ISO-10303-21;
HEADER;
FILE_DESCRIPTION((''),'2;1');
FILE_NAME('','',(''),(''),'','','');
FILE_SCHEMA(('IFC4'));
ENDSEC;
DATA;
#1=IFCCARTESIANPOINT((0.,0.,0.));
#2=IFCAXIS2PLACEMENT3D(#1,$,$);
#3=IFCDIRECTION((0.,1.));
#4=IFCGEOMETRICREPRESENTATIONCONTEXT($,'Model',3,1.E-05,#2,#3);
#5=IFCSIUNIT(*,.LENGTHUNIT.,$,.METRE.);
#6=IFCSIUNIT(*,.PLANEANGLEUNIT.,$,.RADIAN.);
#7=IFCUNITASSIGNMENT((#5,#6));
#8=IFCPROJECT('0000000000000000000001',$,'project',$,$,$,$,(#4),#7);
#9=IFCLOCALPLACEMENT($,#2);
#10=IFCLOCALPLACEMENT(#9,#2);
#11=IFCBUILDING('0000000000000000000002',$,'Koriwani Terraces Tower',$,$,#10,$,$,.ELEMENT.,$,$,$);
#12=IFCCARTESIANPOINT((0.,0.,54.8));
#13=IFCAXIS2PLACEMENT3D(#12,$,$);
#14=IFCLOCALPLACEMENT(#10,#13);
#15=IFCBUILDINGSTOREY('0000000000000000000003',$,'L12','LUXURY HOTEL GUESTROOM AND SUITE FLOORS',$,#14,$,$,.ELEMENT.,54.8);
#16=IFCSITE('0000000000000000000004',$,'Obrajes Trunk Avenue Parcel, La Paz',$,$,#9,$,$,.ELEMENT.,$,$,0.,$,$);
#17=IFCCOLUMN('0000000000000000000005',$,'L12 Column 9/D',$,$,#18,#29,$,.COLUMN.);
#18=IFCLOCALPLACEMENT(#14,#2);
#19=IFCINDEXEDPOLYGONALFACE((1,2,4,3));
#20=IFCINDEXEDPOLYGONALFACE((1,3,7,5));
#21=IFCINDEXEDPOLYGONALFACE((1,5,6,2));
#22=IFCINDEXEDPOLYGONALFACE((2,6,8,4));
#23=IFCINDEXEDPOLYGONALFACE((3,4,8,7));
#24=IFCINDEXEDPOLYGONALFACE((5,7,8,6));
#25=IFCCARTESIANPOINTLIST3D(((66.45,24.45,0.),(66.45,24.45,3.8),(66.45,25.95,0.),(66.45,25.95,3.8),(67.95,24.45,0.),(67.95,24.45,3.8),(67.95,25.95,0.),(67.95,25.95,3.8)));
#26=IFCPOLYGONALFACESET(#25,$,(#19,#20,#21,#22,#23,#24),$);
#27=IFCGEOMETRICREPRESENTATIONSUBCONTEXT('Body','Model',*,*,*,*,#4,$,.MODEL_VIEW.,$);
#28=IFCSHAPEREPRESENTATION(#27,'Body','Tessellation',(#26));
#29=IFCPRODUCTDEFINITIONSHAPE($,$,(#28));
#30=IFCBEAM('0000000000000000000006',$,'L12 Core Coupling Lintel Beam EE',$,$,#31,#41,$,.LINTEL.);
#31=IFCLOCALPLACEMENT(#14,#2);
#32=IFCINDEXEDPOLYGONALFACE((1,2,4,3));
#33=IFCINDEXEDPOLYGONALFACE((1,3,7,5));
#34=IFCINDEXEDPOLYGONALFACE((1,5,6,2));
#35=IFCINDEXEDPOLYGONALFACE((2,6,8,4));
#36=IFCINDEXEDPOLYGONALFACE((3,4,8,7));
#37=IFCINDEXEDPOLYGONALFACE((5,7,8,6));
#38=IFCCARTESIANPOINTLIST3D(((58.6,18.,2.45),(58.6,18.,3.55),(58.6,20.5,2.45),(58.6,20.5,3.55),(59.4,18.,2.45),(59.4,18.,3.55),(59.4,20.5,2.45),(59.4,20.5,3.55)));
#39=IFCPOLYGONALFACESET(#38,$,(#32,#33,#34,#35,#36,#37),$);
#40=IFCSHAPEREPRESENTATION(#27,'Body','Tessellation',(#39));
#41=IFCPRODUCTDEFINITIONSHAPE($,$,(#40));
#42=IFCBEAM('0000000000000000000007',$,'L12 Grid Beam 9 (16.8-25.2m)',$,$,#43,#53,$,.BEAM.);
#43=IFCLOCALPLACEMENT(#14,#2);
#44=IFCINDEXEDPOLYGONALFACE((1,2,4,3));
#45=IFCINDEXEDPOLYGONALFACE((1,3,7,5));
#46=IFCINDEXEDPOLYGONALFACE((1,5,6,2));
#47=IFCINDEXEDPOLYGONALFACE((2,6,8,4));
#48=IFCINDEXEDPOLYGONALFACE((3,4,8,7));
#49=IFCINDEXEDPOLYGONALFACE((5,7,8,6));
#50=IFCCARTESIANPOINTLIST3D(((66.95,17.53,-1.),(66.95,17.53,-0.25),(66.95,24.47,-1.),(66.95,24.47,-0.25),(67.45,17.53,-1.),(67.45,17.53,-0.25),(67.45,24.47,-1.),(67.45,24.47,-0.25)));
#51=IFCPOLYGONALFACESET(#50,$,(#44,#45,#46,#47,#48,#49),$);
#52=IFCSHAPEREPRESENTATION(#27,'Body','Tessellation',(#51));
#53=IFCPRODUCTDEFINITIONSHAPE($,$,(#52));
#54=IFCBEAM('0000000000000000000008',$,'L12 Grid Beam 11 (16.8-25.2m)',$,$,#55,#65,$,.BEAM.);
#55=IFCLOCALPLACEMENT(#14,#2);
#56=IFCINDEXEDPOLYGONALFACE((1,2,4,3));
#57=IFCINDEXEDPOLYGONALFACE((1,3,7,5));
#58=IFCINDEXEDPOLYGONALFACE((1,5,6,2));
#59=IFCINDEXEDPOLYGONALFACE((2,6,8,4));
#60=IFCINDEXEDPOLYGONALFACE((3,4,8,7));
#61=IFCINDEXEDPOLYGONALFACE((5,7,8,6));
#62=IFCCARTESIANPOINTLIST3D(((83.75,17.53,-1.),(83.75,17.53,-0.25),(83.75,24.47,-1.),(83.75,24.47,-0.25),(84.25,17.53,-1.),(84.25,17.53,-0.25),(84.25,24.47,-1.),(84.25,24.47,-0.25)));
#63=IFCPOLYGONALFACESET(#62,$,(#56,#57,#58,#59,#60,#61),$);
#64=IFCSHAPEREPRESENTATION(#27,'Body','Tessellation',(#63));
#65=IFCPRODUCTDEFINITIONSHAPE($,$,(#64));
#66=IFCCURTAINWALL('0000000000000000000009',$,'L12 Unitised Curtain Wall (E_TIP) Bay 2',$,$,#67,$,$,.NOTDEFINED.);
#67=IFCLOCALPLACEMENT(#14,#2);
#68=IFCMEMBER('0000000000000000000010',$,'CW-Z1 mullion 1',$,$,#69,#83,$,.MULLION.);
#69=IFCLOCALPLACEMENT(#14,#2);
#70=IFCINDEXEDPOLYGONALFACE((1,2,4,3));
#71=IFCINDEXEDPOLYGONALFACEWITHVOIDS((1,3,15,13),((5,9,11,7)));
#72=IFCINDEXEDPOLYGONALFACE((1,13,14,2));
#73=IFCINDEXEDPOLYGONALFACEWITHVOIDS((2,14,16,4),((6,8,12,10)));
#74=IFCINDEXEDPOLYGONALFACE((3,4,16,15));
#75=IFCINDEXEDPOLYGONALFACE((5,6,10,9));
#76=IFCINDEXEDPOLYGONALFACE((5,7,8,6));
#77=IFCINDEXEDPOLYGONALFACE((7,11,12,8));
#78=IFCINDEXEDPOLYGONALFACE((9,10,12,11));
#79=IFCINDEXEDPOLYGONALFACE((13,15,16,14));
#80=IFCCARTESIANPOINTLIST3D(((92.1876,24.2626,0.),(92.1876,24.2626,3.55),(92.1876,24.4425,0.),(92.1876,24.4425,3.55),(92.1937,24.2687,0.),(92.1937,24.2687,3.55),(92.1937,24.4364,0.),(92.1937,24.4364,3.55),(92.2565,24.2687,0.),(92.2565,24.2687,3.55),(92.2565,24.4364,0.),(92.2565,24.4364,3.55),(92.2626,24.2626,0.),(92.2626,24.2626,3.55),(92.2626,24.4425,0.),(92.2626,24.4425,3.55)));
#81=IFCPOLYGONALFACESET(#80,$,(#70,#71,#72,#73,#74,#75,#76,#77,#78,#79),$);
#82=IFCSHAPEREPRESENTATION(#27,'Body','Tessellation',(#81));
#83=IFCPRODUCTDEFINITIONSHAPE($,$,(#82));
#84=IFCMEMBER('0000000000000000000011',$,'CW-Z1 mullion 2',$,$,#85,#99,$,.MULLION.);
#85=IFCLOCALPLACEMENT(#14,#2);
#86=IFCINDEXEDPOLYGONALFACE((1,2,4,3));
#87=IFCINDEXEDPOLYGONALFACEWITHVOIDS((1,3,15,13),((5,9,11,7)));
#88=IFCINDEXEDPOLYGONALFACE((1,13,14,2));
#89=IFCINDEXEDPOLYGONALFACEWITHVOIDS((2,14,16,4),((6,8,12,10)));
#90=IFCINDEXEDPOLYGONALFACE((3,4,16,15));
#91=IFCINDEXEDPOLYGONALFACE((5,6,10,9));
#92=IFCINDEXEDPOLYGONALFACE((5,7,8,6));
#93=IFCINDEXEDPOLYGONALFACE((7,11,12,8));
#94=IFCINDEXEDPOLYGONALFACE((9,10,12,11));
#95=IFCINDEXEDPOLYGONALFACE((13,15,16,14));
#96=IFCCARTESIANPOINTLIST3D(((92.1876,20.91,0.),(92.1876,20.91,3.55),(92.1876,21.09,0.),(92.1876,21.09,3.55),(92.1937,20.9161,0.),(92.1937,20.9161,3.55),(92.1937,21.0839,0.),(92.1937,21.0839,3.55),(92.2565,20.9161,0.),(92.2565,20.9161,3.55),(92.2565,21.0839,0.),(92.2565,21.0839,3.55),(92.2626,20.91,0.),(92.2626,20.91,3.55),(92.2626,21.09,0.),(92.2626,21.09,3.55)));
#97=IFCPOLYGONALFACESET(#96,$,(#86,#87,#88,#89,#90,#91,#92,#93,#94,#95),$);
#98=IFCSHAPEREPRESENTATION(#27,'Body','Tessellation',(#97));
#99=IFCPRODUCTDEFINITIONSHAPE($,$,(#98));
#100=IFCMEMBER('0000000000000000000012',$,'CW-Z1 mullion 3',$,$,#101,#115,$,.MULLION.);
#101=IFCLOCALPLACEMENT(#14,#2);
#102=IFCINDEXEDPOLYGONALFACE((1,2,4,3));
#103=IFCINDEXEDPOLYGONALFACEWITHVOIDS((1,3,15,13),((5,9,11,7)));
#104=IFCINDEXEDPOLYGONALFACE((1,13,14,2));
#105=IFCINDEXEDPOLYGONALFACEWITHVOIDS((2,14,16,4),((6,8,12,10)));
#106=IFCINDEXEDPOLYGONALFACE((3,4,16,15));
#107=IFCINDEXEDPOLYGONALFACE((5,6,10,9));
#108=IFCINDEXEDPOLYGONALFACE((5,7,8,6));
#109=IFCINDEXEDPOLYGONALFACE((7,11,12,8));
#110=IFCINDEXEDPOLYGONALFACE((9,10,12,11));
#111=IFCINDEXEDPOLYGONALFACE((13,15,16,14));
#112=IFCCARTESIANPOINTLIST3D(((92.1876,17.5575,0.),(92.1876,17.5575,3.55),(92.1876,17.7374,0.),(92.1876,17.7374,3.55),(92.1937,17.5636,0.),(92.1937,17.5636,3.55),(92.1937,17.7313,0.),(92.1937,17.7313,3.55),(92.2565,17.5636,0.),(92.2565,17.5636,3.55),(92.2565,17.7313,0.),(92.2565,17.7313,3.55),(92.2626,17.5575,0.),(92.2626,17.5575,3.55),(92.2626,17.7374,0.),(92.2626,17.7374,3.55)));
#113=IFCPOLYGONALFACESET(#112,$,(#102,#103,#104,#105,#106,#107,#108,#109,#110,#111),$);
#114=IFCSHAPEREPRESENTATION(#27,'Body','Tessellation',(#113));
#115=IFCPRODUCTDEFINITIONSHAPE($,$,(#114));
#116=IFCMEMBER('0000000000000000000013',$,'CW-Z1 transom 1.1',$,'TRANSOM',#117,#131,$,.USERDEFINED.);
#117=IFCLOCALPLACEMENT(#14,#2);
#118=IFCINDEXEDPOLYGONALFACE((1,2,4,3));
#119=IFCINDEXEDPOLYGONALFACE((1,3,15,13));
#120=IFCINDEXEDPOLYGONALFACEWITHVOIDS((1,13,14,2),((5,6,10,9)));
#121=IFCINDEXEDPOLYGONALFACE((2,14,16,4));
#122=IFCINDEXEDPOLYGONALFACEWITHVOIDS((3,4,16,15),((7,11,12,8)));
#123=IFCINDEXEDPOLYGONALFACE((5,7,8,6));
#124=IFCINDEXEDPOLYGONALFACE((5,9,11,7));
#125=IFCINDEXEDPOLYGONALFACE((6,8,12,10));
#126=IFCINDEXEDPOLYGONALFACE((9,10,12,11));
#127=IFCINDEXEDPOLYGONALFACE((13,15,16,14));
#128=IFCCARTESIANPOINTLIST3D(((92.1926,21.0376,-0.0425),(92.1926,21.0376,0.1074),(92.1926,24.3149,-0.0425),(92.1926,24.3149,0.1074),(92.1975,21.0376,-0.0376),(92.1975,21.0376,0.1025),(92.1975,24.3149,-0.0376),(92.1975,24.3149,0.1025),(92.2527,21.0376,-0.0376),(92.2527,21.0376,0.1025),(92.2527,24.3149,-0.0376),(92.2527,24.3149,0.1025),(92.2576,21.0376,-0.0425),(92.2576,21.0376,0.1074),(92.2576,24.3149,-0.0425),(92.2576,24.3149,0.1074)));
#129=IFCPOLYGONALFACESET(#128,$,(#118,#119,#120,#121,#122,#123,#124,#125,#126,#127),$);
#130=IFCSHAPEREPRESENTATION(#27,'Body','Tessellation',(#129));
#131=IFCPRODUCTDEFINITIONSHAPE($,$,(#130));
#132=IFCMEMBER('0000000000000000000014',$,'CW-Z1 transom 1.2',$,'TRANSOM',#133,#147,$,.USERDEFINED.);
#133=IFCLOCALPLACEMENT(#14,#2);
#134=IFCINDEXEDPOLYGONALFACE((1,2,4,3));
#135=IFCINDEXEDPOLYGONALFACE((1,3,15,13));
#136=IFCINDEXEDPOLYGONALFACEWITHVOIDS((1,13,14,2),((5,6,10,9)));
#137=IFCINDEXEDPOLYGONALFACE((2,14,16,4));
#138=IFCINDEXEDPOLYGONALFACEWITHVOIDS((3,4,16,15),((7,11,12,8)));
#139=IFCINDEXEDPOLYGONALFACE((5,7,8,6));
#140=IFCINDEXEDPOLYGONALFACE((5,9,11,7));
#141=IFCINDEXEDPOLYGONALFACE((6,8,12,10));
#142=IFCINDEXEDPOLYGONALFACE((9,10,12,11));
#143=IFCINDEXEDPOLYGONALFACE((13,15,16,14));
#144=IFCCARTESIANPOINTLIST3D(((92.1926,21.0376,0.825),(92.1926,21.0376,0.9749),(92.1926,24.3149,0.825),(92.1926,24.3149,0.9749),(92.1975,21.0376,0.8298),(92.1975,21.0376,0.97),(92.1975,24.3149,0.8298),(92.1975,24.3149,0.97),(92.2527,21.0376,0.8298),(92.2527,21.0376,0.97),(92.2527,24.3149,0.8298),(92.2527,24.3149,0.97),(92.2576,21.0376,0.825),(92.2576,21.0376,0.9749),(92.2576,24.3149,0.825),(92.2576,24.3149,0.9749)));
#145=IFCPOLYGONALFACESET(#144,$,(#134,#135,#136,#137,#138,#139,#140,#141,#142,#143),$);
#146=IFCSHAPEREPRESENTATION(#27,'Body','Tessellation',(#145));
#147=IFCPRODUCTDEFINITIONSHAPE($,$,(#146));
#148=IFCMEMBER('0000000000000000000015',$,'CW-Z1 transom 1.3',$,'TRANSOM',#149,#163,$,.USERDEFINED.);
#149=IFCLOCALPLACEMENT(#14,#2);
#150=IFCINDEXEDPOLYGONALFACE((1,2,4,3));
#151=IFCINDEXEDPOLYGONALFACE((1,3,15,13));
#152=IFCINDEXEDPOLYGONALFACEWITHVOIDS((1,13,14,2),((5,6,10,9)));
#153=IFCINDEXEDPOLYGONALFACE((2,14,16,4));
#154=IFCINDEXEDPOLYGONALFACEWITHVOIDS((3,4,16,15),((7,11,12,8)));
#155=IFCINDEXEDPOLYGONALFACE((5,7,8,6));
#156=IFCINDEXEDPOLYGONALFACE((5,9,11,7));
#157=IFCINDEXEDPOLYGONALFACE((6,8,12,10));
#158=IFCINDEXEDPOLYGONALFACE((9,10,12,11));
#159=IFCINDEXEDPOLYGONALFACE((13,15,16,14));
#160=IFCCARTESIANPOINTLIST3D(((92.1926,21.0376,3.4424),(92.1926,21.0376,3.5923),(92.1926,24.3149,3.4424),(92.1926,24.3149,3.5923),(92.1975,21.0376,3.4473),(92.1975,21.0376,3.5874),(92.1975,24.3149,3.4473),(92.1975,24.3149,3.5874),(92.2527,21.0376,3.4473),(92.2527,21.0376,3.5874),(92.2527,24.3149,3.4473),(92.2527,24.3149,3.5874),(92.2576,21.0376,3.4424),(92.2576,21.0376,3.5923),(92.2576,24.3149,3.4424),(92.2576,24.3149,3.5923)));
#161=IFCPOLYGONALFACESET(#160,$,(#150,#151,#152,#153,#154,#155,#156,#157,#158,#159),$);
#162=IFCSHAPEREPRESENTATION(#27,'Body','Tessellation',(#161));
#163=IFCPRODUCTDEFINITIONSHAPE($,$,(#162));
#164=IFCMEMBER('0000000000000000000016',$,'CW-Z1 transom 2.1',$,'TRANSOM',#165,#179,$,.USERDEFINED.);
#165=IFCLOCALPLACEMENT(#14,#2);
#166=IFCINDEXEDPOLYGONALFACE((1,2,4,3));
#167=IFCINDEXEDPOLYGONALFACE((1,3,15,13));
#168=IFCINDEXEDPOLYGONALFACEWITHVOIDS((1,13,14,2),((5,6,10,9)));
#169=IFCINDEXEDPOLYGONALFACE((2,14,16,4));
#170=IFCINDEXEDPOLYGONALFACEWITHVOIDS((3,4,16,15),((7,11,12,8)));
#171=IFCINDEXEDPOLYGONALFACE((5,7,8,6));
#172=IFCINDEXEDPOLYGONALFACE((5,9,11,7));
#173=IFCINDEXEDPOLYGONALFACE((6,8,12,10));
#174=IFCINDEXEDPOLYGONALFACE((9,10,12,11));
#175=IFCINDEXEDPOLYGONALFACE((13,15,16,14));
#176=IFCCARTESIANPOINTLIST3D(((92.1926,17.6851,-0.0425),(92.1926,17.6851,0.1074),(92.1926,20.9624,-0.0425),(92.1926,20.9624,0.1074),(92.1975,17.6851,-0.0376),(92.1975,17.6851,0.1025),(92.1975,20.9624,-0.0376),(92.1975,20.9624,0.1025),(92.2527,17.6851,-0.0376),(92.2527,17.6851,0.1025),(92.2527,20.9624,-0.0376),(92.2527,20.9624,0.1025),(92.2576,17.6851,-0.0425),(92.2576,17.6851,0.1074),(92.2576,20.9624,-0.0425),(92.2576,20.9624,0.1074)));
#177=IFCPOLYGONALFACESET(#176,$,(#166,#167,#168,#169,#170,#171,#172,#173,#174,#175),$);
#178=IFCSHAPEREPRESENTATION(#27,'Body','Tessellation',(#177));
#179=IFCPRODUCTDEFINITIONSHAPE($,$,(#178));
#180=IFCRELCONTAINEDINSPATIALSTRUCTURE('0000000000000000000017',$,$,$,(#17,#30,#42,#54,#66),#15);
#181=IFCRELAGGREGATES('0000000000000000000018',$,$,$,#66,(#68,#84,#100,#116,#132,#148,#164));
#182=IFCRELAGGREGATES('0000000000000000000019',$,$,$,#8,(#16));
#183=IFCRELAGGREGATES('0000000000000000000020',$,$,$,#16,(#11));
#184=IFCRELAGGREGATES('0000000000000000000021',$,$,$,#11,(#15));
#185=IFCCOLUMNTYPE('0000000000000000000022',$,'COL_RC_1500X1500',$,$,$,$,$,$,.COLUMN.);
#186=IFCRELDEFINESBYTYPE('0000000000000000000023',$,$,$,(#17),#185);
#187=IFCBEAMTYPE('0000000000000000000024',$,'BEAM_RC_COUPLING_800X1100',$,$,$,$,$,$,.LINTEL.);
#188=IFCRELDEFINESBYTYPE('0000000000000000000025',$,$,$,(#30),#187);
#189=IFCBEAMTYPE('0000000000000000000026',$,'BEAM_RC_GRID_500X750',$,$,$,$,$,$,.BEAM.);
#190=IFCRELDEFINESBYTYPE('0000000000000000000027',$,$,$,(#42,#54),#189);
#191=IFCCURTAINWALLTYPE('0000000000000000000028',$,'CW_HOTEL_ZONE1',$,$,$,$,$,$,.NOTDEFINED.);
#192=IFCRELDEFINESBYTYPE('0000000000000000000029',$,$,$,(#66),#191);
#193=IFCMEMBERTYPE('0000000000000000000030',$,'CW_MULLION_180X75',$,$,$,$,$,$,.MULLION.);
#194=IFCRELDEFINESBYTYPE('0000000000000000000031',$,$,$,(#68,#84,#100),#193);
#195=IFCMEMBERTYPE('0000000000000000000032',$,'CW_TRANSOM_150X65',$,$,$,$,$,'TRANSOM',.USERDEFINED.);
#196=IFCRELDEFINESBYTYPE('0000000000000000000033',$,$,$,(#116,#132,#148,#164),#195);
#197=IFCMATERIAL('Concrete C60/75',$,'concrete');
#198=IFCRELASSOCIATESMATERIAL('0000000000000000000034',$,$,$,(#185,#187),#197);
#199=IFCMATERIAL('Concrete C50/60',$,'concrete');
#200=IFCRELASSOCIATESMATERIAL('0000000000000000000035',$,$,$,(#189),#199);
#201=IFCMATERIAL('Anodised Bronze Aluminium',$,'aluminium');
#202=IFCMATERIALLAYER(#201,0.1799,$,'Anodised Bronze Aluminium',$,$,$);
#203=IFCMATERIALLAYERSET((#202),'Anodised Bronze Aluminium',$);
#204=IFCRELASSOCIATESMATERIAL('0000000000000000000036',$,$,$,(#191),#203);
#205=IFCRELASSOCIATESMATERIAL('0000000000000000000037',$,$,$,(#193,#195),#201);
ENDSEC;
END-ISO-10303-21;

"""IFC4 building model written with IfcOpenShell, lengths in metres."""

from ifc_helpers import new_model, si_unit, direction, frame, origin, origin_2d, place, context, subcontext, project, spatial, rectangle, hollow_rectangle, extrude, material, layer, layer_set, material_profile, profile_set, type_object, element, aggregate, save


model = new_model("IFC4")

# Units and contexts
model_context = context("Model", 3, precision=1e-05, world=origin(), true_north=direction((0.0, 1.0)))
body_context = subcontext(model_context, "Body", "Model", "MODEL_VIEW")
ifc_project = project(units=[si_unit("LENGTHUNIT", "METRE"), si_unit("PLANEANGLEUNIT", "RADIAN")], contexts=[model_context])

# Site, building, storey
site_placement = place(None, origin())
site = spatial("IfcSite", under=ifc_project, at=site_placement, Name="Obrajes Trunk Avenue Parcel, La Paz", CompositionType="ELEMENT", RefElevation=0.0)
building_placement = place(site_placement, origin())
building = spatial("IfcBuilding", under=site, at=building_placement, Name="Koriwani Terraces Tower", CompositionType="ELEMENT")
storey_placement = place(building_placement, frame((0.0, 0.0, 54.8)))
storey = spatial("IfcBuildingStorey", under=building, at=storey_placement, Name="L12", Description="LUXURY HOTEL GUESTROOM AND SUITE FLOORS", CompositionType="ELEMENT", Elevation=54.8)

# Column
ifc_material_1 = material(Name="Concrete C60/75", Category="concrete")
ifc_material_profile_1 = material_profile(ifc_material_1, rectangle(XDim=1.5, YDim=1.5, at=origin_2d()), Name="Concrete C60/75", Category="LoadBearing")
ifc_profile_set_1 = profile_set([ifc_material_profile_1], Name="Concrete C60/75")
column_type = type_object("IfcColumnType", Name="COL_RC_1500X1500", PredefinedType="COLUMN", material=ifc_profile_set_1)
column_placement = place(storey_placement, frame((67.2, 25.2, 0.0), z_axis=(0.0, 0.0, 1.0), x_axis=(1.0, 0.0, 0.0)))
element("IfcColumn", 1, at=column_placement, inside=storey, type_object=column_type, Name="L12 Column 9/D", PredefinedType="COLUMN", context=body_context, shape_type="SweptSolid", body=[
    extrude(rectangle(XDim=1.5, YDim=1.5, at=origin_2d()), origin(), (0.0, 0.0, 1.0), 3.8),
])

# Beams
ifc_material_profile_2 = material_profile(ifc_material_1, rectangle(XDim=0.8, YDim=1.1001, at=origin_2d()), Name="Concrete C60/75", Category="LoadBearing")
ifc_profile_set_2 = profile_set([ifc_material_profile_2], Name="Concrete C60/75")
beam_type_1 = type_object("IfcBeamType", Name="BEAM_RC_COUPLING_800X1100", PredefinedType="LINTEL", material=ifc_profile_set_2)
beam_1_placement = place(storey_placement, frame((59.0, 18.0, 3.0), z_axis=(0.0, 1.0, 0.0), x_axis=(-1.0, 0.0, 0.0)))
element("IfcBeam", 2, at=beam_1_placement, inside=storey, type_object=beam_type_1, Name="L12 Core Coupling Lintel Beam EE", PredefinedType="LINTEL", context=body_context, shape_type="SweptSolid", body=[
    extrude(rectangle(XDim=0.8, YDim=1.1001, at=origin_2d()), origin(), (0.0, 0.0, 1.0), 2.5),
])
ifc_material_2 = material(Name="Concrete C50/60", Category="concrete")
ifc_material_profile_3 = material_profile(ifc_material_2, rectangle(XDim=0.5, YDim=0.75, at=origin_2d()), Name="Concrete C50/60", Category="LoadBearing")
ifc_profile_set_3 = profile_set([ifc_material_profile_3], Name="Concrete C50/60")
beam_type_2 = type_object("IfcBeamType", Name="BEAM_RC_GRID_500X750", PredefinedType="BEAM", material=ifc_profile_set_3)
for number, where, z_axis, x_axis, name in (
    (3, (67.2, 17.53, -0.625), (0.0, 1.0, 0.0), (-1.0, 0.0, 0.0), "L12 Grid Beam 9 (16.8-25.2m)"),
    (4, (84.0, 17.53, -0.625), (0.0, 1.0, 0.0), (-1.0, 0.0, 0.0), "L12 Grid Beam 11 (16.8-25.2m)"),
):
    element("IfcBeam", number, at=place(storey_placement, frame(where, z_axis=z_axis, x_axis=x_axis)), inside=storey, type_object=beam_type_2, Name=name, PredefinedType="BEAM", context=body_context, shape_type="SweptSolid", body=[
        extrude(rectangle(XDim=0.5, YDim=0.75, at=origin_2d()), origin(), (0.0, 0.0, 1.0), 6.9399),
    ])

# Curtain wall, members
ifc_material_3 = material(Name="Anodised Bronze Aluminium", Category="aluminium")
ifc_layer_1 = layer(ifc_material_3, 0.1799, Name="Anodised Bronze Aluminium")
ifc_layer_set_1 = layer_set([ifc_layer_1], Name="Anodised Bronze Aluminium")
curtain_wall_type = type_object("IfcCurtainWallType", Name="CW_HOTEL_ZONE1", PredefinedType="NOTDEFINED", material=ifc_layer_set_1)
curtain_wall_placement = place(storey_placement, origin())
curtain_wall = element("IfcCurtainWall", 5, at=curtain_wall_placement, inside=storey, type_object=curtain_wall_type, Name="L12 Unitised Curtain Wall (E_TIP) Bay 2", PredefinedType="NOTDEFINED")
ifc_material_profile_4 = material_profile(ifc_material_3, hollow_rectangle(XDim=0.075, YDim=0.1799, WallThickness=0.0061, at=origin_2d()), Name="Anodised Bronze Aluminium", Category="LoadBearing")
ifc_profile_set_4 = profile_set([ifc_material_profile_4], Name="Anodised Bronze Aluminium")
member_type_1 = type_object("IfcMemberType", Name="CW_MULLION_180X75", PredefinedType="MULLION", material=ifc_profile_set_4)
member_1_placement = place(storey_placement, frame((92.2251, 24.3525, 0.0), z_axis=(0.0, 0.0, 1.0), x_axis=(1.0, 0.0, 0.0)))
member_1 = element("IfcMember", 6, at=member_1_placement, type_object=member_type_1, Name="CW-Z1 mullion 1", PredefinedType="MULLION", context=body_context, shape_type="SweptSolid", body=[
    extrude(hollow_rectangle(XDim=0.075, YDim=0.1799, WallThickness=0.0061, at=origin_2d()), origin(), (0.0, 0.0, 1.0), 3.55),
])
member_2_placement = place(storey_placement, frame((92.2251, 21.0, 0.0), z_axis=(0.0, 0.0, 1.0), x_axis=(1.0, 0.0, 0.0)))
member_2 = element("IfcMember", 7, at=member_2_placement, type_object=member_type_1, Name="CW-Z1 mullion 2", PredefinedType="MULLION", context=body_context, shape_type="SweptSolid", body=[
    extrude(hollow_rectangle(XDim=0.075, YDim=0.1799, WallThickness=0.0061, at=origin_2d()), origin(), (0.0, 0.0, 1.0), 3.55),
])
member_3_placement = place(storey_placement, frame((92.2251, 17.6475, 0.0), z_axis=(0.0, 0.0, 1.0), x_axis=(1.0, 0.0, 0.0)))
member_3 = element("IfcMember", 8, at=member_3_placement, type_object=member_type_1, Name="CW-Z1 mullion 3", PredefinedType="MULLION", context=body_context, shape_type="SweptSolid", body=[
    extrude(hollow_rectangle(XDim=0.075, YDim=0.1799, WallThickness=0.0061, at=origin_2d()), origin(), (0.0, 0.0, 1.0), 3.55),
])
ifc_material_profile_5 = material_profile(ifc_material_3, hollow_rectangle(XDim=0.0649, YDim=0.1499, WallThickness=0.0049, at=origin_2d()), Name="Anodised Bronze Aluminium", Category="LoadBearing")
ifc_profile_set_5 = profile_set([ifc_material_profile_5], Name="Anodised Bronze Aluminium")
member_type_2 = type_object("IfcMemberType", Name="CW_TRANSOM_150X65", ElementType="TRANSOM", PredefinedType="USERDEFINED", material=ifc_profile_set_5)
member_4_placement = place(storey_placement, frame((92.2251, 24.3149, 0.0325), z_axis=(0.0, -1.0, 0.0), x_axis=(1.0, 0.0, 0.0)))
member_4 = element("IfcMember", 9, at=member_4_placement, type_object=member_type_2, Name="CW-Z1 transom 1.1", ObjectType="TRANSOM", PredefinedType="USERDEFINED", context=body_context, shape_type="SweptSolid", body=[
    extrude(hollow_rectangle(XDim=0.0649, YDim=0.1499, WallThickness=0.0049, at=origin_2d()), origin(), (0.0, 0.0, 1.0), 3.2773),
])
member_5_placement = place(storey_placement, frame((92.2251, 24.3149, 0.8999), z_axis=(0.0, -1.0, 0.0), x_axis=(1.0, 0.0, 0.0)))
member_5 = element("IfcMember", 10, at=member_5_placement, type_object=member_type_2, Name="CW-Z1 transom 1.2", ObjectType="TRANSOM", PredefinedType="USERDEFINED", context=body_context, shape_type="SweptSolid", body=[
    extrude(hollow_rectangle(XDim=0.0649, YDim=0.1499, WallThickness=0.0049, at=origin_2d()), origin(), (0.0, 0.0, 1.0), 3.2773),
])
member_6_placement = place(storey_placement, frame((92.2251, 24.3149, 3.5173), z_axis=(0.0, -1.0, 0.0), x_axis=(1.0, 0.0, 0.0)))
member_6 = element("IfcMember", 11, at=member_6_placement, type_object=member_type_2, Name="CW-Z1 transom 1.3", ObjectType="TRANSOM", PredefinedType="USERDEFINED", context=body_context, shape_type="SweptSolid", body=[
    extrude(hollow_rectangle(XDim=0.0649, YDim=0.1499, WallThickness=0.0049, at=origin_2d()), origin(), (0.0, 0.0, 1.0), 3.2773),
])
member_7_placement = place(storey_placement, frame((92.2251, 20.9624, 0.0325), z_axis=(0.0, -1.0, 0.0), x_axis=(1.0, 0.0, 0.0)))
member_7 = element("IfcMember", 12, at=member_7_placement, type_object=member_type_2, Name="CW-Z1 transom 2.1", ObjectType="TRANSOM", PredefinedType="USERDEFINED", context=body_context, shape_type="SweptSolid", body=[
    extrude(hollow_rectangle(XDim=0.0649, YDim=0.1499, WallThickness=0.0049, at=origin_2d()), origin(), (0.0, 0.0, 1.0), 3.2773),
])

aggregate(curtain_wall, [member_1, member_2, member_3, member_4, member_5, member_6, member_7])

save(model, "model.ifc")
